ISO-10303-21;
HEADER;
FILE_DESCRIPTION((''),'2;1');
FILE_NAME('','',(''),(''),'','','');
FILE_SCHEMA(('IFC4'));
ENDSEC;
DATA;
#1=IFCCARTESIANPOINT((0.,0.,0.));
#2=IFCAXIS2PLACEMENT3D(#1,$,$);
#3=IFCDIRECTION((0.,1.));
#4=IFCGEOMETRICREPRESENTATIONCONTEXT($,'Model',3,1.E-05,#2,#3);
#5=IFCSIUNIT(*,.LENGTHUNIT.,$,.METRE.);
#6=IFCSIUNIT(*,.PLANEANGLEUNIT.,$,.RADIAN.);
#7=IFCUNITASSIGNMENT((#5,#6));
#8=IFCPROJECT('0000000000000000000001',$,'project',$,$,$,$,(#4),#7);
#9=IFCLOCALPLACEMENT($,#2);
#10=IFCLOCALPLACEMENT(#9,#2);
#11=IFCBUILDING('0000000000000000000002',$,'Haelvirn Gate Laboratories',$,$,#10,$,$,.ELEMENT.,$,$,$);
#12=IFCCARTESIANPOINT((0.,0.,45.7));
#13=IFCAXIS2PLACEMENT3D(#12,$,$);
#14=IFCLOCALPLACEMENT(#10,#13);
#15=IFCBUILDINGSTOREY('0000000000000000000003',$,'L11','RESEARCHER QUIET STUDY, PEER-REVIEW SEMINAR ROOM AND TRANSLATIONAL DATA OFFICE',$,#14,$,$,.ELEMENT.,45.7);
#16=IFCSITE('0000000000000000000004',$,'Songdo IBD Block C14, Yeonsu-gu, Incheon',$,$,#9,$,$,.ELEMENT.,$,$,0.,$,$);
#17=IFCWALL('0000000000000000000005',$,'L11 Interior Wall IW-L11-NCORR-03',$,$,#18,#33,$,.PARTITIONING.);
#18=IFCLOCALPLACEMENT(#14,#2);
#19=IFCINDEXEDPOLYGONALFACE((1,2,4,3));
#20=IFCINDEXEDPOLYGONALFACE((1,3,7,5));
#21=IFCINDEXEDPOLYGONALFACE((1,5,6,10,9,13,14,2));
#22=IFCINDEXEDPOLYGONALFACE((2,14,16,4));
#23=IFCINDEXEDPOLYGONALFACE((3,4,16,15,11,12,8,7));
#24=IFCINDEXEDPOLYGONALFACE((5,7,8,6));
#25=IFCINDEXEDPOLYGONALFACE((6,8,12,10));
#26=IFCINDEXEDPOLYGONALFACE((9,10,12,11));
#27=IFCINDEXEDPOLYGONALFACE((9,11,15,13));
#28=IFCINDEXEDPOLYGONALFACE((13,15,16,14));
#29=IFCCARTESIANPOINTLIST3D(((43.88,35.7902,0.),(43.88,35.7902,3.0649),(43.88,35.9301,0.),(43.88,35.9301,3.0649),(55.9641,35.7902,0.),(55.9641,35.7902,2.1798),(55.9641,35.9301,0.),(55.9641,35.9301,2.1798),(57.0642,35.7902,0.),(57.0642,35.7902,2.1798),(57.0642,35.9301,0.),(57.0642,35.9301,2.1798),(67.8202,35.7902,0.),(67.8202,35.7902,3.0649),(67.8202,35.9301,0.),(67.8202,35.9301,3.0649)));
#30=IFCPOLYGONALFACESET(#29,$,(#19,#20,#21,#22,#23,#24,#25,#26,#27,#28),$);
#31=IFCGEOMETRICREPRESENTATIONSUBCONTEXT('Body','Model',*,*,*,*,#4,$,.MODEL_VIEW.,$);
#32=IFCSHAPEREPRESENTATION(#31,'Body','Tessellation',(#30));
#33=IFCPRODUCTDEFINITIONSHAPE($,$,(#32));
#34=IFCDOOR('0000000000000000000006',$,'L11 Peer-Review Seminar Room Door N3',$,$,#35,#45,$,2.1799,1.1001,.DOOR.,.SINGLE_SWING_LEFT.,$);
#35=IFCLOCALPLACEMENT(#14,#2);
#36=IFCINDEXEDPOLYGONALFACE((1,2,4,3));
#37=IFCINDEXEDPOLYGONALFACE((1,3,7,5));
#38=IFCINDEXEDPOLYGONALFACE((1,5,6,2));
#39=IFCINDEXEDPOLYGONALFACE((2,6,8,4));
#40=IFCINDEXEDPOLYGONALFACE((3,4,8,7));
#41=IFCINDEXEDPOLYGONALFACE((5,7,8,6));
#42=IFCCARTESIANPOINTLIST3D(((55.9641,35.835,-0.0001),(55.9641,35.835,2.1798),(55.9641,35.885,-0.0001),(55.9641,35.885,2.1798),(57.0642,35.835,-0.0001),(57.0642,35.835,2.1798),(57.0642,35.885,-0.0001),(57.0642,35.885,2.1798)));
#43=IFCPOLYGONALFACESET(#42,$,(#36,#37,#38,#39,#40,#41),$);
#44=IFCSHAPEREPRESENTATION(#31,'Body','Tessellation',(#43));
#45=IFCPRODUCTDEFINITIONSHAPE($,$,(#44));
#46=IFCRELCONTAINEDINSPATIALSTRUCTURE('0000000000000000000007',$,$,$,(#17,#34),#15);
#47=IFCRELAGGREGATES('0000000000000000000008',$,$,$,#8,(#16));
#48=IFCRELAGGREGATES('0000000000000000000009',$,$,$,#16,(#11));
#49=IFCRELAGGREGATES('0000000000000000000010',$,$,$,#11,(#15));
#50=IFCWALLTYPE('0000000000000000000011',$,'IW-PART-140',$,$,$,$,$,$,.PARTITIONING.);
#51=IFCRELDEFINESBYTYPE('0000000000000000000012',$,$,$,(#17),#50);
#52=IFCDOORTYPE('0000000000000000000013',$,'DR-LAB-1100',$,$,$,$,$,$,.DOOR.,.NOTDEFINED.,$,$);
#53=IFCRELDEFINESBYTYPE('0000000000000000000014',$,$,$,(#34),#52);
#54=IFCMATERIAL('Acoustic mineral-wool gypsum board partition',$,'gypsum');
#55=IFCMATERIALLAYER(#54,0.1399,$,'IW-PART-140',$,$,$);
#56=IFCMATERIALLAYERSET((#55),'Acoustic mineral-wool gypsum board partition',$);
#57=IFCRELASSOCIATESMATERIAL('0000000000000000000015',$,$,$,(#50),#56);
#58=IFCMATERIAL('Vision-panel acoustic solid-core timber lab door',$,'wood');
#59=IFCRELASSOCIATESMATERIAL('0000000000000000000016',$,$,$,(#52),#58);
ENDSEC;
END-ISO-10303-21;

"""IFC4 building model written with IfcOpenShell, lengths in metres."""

from ifc_helpers import new_model, si_unit, direction, frame, frame_2d, origin, place, context, subcontext, project, spatial, rectangle, extrude, source, transform, mapped, material, layer, layer_set, type_object, type_shapes, element, fill, save


model = new_model("IFC4")

# Units and contexts
model_context = context("Model", 3, precision=1e-05, world=origin(), true_north=direction((0.0, 1.0)))
body_context = subcontext(model_context, "Body", "Model", "MODEL_VIEW")
ifc_project = project(units=[si_unit("LENGTHUNIT", "METRE"), si_unit("PLANEANGLEUNIT", "RADIAN")], contexts=[model_context])

# Site, building, storey
site_placement = place(None, origin())
site = spatial("IfcSite", under=ifc_project, at=site_placement, Name="Songdo IBD Block C14, Yeonsu-gu, Incheon", CompositionType="ELEMENT", RefElevation=0.0)
building_placement = place(site_placement, origin())
building = spatial("IfcBuilding", under=site, at=building_placement, Name="Haelvirn Gate Laboratories", CompositionType="ELEMENT")
storey_placement = place(building_placement, frame((0.0, 0.0, 45.7)))
storey = spatial("IfcBuildingStorey", under=building, at=storey_placement, Name="L11", Description="RESEARCHER QUIET STUDY, PEER-REVIEW SEMINAR ROOM AND TRANSLATIONAL DATA OFFICE", CompositionType="ELEMENT", Elevation=45.7)

# Wall, opening, door
ifc_material_1 = material(Name="Acoustic mineral-wool gypsum board partition", Category="gypsum")
ifc_layer_1 = layer(ifc_material_1, 0.1399, Name="IW-PART-140")
ifc_layer_set_1 = layer_set([ifc_layer_1], Name="Acoustic mineral-wool gypsum board partition")
wall_type_1 = type_object("IfcWallType", Name="IW-PART-140", PredefinedType="PARTITIONING", material=ifc_layer_set_1)
wall_1_placement = place(storey_placement, frame((43.8799, 35.8601, 0.0), z_axis=(0.0, 0.0, 1.0), x_axis=(1.0, 0.0, 0.0)))
wall_1 = element("IfcWall", 1, at=wall_1_placement, inside=storey, type_object=wall_type_1, Name="L11 Interior Wall IW-L11-NCORR-03", PredefinedType="PARTITIONING", context=body_context, shape_type="SweptSolid", body=[
    extrude(rectangle(XDim=23.9402, YDim=0.1399, at=frame_2d((11.9702, 0.0))), origin(), (0.0, 0.0, 1.0), 3.0649),
])
opening_1_placement = place(wall_1_placement, frame((12.0842, 0.0, 0.0)))
opening_1 = element("IfcOpeningElement", 2, at=opening_1_placement, cuts=wall_1, PredefinedType="OPENING", context=body_context, shape_type="SweptSolid", body=[
    extrude(rectangle(XDim=1.1001, YDim=2.1799, at=frame_2d((0.55, 1.0898))), frame((0.0, 0.0801, 0.0), z_axis=(0.0, -1.0, 0.0), x_axis=(1.0, 0.0, 0.0)), (0.0, 0.0, 1.0), 0.1599),
])
ifc_material_2 = material(Name="Vision-panel acoustic solid-core timber lab door", Category="wood")
door_type_1 = type_object("IfcDoorType", Name="DR-LAB-1100", OperationType="NOTDEFINED", PredefinedType="DOOR", material=ifc_material_2)
shared_shape_1 = source(origin(), body_context, "Body", "SweptSolid", [
    extrude(rectangle(XDim=1.1001, YDim=2.1799, at=frame_2d((0.55, 1.0898))), frame((0.0, 0.0249, 0.0), z_axis=(0.0, -1.0, 0.0), x_axis=(1.0, 0.0, 0.0)), (0.0, 0.0, 1.0), 0.05),
])
type_shapes(door_type_1, [shared_shape_1])
door_1_placement = place(opening_1_placement, origin())
door_1 = element("IfcDoor", 3, at=door_1_placement, inside=storey, type_object=door_type_1, Name="L11 Peer-Review Seminar Room Door N3", OperationType="SINGLE_SWING_LEFT", OverallHeight=2.1799, OverallWidth=1.1001, PredefinedType="DOOR", context=body_context, shape_type="MappedRepresentation", body=[
    mapped(shared_shape_1, transform((0.0, 0.0, 0.0), scale=1.0)),
])
fill(opening_1, door_1)

save(model, "model.ifc")
